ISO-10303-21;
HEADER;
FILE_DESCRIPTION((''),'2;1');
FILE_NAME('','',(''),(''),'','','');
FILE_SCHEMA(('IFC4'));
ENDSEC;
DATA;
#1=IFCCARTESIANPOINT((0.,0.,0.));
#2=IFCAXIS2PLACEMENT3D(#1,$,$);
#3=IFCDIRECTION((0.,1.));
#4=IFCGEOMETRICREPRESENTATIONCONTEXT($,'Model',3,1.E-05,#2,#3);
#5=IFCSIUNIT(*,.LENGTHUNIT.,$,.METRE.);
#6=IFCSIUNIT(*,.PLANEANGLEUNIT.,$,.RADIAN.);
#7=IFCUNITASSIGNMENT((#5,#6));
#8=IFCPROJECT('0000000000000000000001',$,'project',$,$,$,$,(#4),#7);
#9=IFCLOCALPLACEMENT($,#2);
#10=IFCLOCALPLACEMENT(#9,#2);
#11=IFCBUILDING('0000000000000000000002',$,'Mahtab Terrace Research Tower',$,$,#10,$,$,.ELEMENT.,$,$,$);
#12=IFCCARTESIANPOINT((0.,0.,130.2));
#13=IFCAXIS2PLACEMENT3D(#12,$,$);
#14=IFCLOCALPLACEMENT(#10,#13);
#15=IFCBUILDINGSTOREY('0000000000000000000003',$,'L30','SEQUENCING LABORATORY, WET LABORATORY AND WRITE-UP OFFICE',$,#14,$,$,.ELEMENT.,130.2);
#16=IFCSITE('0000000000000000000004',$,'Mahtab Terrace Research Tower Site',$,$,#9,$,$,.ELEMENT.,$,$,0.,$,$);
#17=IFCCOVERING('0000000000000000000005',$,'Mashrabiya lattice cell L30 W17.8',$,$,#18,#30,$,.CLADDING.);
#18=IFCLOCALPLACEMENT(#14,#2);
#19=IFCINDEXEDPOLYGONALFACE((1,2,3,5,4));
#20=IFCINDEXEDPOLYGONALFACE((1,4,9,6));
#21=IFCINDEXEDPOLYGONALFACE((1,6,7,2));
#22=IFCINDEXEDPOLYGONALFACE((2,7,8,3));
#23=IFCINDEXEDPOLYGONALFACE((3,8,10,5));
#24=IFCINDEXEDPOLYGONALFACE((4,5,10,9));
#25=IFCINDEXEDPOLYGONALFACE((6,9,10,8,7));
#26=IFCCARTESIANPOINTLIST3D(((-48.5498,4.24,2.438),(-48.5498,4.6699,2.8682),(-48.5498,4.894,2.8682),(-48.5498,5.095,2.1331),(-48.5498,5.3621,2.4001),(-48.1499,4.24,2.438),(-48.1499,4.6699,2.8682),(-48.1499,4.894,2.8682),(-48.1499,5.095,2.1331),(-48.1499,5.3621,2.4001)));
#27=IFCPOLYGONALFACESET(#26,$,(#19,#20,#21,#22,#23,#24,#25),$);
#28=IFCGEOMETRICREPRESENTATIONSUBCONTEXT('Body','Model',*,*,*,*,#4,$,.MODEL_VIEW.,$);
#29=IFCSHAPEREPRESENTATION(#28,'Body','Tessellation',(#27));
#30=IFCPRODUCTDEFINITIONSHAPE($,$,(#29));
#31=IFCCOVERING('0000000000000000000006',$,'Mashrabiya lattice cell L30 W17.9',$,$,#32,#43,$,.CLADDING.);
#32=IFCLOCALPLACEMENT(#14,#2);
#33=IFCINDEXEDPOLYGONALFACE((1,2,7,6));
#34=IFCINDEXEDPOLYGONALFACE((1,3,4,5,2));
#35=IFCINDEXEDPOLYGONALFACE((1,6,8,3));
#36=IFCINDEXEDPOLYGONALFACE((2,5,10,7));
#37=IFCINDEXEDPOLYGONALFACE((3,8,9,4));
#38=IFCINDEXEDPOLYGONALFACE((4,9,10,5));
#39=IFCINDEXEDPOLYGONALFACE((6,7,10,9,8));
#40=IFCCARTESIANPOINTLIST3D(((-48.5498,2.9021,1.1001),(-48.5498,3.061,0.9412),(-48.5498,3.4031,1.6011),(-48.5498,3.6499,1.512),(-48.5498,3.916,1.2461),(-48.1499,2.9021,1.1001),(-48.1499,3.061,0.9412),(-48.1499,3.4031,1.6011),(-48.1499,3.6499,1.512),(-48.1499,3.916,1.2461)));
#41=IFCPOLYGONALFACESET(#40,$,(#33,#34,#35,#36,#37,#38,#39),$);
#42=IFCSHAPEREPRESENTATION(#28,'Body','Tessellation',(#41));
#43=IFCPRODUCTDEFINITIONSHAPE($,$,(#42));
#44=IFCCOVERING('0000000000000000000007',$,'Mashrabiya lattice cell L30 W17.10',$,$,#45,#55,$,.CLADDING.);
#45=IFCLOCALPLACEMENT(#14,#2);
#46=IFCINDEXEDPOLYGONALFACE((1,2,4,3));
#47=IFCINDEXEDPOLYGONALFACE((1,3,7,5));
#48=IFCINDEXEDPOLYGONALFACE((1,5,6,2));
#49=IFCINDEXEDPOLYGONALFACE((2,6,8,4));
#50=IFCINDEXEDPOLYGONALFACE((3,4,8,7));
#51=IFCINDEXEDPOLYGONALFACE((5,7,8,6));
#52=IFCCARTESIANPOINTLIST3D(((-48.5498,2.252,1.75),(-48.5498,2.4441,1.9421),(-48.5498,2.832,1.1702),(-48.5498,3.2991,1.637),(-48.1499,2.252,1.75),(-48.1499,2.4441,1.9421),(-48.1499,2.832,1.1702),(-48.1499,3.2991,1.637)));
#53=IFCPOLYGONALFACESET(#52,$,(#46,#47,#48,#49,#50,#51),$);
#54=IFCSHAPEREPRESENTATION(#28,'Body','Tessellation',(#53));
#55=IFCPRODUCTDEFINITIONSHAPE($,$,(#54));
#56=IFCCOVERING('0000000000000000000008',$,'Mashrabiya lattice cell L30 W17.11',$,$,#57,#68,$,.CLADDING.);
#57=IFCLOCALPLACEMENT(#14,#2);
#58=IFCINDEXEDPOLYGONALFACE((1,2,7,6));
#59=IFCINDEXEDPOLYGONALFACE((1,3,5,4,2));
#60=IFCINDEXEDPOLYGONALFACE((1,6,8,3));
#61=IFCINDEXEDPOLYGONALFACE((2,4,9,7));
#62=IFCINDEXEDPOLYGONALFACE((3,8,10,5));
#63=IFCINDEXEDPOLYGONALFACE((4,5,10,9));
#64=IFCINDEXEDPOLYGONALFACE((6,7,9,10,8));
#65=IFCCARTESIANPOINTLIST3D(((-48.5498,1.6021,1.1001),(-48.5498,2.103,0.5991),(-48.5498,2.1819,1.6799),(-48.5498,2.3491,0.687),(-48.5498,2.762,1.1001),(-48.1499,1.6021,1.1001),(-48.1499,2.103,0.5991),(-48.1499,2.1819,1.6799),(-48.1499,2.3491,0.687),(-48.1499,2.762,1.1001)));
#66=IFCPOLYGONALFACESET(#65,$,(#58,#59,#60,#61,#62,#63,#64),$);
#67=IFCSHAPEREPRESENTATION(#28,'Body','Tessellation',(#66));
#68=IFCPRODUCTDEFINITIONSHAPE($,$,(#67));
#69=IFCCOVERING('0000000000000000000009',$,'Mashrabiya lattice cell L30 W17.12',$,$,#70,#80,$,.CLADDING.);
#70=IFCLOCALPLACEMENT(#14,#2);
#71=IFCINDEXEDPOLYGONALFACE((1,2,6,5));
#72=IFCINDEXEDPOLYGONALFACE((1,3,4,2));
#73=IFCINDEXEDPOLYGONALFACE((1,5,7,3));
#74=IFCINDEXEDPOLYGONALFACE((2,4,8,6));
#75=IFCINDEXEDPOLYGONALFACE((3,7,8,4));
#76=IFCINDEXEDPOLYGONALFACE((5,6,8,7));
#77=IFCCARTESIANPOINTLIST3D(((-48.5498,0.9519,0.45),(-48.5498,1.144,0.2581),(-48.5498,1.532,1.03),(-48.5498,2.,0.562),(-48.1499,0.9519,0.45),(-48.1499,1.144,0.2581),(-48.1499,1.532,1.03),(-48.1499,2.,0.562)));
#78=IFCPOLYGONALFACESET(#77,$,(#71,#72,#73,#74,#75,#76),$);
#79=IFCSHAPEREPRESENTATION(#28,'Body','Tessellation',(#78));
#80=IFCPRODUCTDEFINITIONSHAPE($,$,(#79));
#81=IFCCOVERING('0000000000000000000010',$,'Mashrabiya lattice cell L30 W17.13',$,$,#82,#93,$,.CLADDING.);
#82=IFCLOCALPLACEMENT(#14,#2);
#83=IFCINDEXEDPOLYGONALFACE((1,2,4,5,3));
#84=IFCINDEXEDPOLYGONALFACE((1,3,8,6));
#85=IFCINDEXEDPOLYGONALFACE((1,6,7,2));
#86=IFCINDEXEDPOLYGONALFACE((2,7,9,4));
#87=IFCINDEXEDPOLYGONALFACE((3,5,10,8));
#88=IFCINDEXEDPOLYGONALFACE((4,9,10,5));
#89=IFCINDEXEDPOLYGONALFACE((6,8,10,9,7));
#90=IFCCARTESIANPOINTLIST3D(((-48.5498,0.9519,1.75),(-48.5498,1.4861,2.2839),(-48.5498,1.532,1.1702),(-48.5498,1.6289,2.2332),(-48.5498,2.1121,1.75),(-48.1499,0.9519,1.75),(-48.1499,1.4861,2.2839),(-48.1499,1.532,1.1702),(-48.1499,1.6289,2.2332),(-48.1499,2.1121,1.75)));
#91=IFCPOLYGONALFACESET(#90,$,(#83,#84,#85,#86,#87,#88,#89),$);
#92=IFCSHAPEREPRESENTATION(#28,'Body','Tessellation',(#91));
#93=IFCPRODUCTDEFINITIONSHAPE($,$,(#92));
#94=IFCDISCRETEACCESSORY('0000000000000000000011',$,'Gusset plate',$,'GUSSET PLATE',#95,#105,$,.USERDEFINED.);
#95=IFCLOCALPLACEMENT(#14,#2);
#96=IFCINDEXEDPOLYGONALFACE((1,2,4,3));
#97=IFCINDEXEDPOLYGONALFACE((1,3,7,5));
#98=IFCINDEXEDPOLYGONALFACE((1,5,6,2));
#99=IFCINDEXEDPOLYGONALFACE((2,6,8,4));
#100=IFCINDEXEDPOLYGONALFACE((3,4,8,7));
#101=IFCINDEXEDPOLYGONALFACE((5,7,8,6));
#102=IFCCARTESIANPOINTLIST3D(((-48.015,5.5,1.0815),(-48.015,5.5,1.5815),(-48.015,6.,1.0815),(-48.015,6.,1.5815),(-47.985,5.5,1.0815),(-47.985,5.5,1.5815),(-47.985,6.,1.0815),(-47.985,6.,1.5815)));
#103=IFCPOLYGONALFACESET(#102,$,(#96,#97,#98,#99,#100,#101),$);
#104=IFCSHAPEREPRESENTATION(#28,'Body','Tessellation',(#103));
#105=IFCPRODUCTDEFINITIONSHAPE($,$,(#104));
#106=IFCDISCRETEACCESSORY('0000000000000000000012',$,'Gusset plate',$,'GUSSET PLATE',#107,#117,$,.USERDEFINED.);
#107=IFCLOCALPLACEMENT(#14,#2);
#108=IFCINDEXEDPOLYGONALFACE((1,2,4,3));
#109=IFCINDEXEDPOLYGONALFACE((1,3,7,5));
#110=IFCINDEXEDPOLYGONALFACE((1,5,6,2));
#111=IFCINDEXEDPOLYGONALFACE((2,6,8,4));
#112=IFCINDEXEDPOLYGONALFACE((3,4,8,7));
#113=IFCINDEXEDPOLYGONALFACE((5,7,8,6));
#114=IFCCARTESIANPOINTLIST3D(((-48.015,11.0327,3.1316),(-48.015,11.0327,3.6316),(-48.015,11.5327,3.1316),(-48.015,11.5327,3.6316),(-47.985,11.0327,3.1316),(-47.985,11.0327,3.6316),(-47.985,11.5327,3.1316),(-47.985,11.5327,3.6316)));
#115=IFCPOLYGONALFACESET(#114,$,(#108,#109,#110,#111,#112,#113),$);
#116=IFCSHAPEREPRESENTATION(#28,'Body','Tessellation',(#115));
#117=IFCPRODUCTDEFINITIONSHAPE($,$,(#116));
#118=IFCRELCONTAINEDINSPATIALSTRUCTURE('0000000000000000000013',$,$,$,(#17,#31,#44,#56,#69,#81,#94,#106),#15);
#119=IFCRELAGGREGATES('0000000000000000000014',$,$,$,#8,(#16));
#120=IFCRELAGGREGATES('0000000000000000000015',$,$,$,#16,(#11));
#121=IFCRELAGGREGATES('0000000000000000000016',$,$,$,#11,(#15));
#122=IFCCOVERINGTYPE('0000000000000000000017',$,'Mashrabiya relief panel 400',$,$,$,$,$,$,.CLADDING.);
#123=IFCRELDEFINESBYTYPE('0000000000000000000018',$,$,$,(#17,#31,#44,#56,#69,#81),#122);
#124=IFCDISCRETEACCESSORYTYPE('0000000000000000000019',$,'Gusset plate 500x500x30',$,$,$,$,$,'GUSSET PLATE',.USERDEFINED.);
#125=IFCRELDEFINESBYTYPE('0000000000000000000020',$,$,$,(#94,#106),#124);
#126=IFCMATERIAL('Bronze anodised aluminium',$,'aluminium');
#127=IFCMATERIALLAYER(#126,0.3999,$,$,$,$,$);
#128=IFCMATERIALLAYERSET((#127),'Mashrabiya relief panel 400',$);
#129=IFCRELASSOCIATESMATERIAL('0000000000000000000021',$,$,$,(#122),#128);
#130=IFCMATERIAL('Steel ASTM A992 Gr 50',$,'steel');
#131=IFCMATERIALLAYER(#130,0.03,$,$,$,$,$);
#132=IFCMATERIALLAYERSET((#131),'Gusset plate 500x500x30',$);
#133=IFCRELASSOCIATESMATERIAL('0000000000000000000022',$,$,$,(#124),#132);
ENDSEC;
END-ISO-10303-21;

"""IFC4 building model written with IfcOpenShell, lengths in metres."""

from ifc_helpers import new_model, si_unit, direction, frame, origin, origin_2d, place, context, subcontext, project, spatial, polyline, rectangle, outline, extrude, material, layer, layer_set, type_object, element, save


model = new_model("IFC4")

# Units and contexts
model_context = context("Model", 3, precision=1e-05, world=origin(), true_north=direction((0.0, 1.0)))
body_context = subcontext(model_context, "Body", "Model", "MODEL_VIEW")
ifc_project = project(units=[si_unit("LENGTHUNIT", "METRE"), si_unit("PLANEANGLEUNIT", "RADIAN")], contexts=[model_context])

# Site, building, storey
site_placement = place(None, origin())
site = spatial("IfcSite", under=ifc_project, at=site_placement, Name="Mahtab Terrace Research Tower Site", CompositionType="ELEMENT", RefElevation=0.0)
building_placement = place(site_placement, origin())
building = spatial("IfcBuilding", under=site, at=building_placement, Name="Mahtab Terrace Research Tower", CompositionType="ELEMENT")
storey_placement = place(building_placement, frame((0.0, 0.0, 130.2)))
storey = spatial("IfcBuildingStorey", under=building, at=storey_placement, Name="L30", Description="SEQUENCING LABORATORY, WET LABORATORY AND WRITE-UP OFFICE", CompositionType="ELEMENT", Elevation=130.2)

# Shared definitions
ifc_material_1 = material(Name="Steel ASTM A992 Gr 50", Category="steel")

# Coverings
ifc_material_2 = material(Name="Bronze anodised aluminium", Category="aluminium")
ifc_layer_1 = layer(ifc_material_2, 0.3999)
ifc_layer_set_1 = layer_set([ifc_layer_1], Name="Mashrabiya relief panel 400")
covering_type = type_object("IfcCoveringType", Name="Mashrabiya relief panel 400", PredefinedType="CLADDING", material=ifc_layer_set_1)
covering_1_placement = place(storey_placement, frame((-48.1499, 5.3621, 2.4001), z_axis=(1.0, 0.0, 0.0), x_axis=(0.0, -0.707107, 0.707107)))
element("IfcCovering", 1, at=covering_1_placement, inside=storey, type_object=covering_type, Name="Mashrabiya lattice cell L30 W17.8", PredefinedType="CLADDING", context=body_context, shape_type="SweptSolid", body=[
    extrude(outline(polyline([(0.0, 0.0), (0.6619, 0.0), (0.8204, 0.1585), (0.8202, 0.7667), (0.0, 0.3777), (0.0, 0.0)])), origin(), (0.0, 0.0, -1.0), 0.3999),
])
covering_2_placement = place(storey_placement, frame((-48.1499, 2.9021, 1.1001), z_axis=(1.0, 0.0, 0.0), x_axis=(0.0, 0.707107, -0.707107)))
element("IfcCovering", 2, at=covering_2_placement, inside=storey, type_object=covering_type, Name="Mashrabiya lattice cell L30 W17.9", PredefinedType="CLADDING", context=body_context, shape_type="SweptSolid", body=[
    extrude(outline(polyline([(0.0, 0.0), (0.2248, 0.0), (0.6137, 0.8202), (0.2375, 0.82), (0.0, 0.7085), (0.0, 0.0)])), origin(), (0.0, 0.0, -1.0), 0.3999),
])
covering_3_placement = place(storey_placement, frame((-48.1499, 2.252, 1.75), z_axis=(1.0, 0.0, 0.0), x_axis=(0.0, 0.707256, -0.706958)))
element("IfcCovering", 3, at=covering_3_placement, inside=storey, type_object=covering_type, Name="Mashrabiya lattice cell L30 W17.10", PredefinedType="CLADDING", context=body_context, shape_type="SweptSolid", body=[
    extrude(outline(polyline([(0.0, 0.0), (0.8202, 0.0), (0.8205, 0.6603), (0.0001, 0.2717), (0.0, 0.0)])), origin(), (0.0, 0.0, -1.0), 0.3999),
])
covering_4_placement = place(storey_placement, frame((-48.1499, 2.762, 1.1001), z_axis=(1.0, 0.0, 0.0), x_axis=(0.0, -0.707256, 0.706958)))
element("IfcCovering", 4, at=covering_4_placement, inside=storey, type_object=covering_type, Name="Mashrabiya lattice cell L30 W17.11", PredefinedType="CLADDING", context=body_context, shape_type="SweptSolid", body=[
    extrude(outline(polyline([(0.0, 0.0), (0.8202, 0.0), (0.8204, 0.82), (0.1119, 0.8202), (0.0, 0.584), (0.0, 0.0)])), origin(), (0.0, 0.0, -1.0), 0.3999),
])
covering_5_placement = place(storey_placement, frame((-48.1499, 1.532, 1.03), z_axis=(1.0, 0.0, 0.0), x_axis=(0.0, -0.707107, -0.707107)))
element("IfcCovering", 5, at=covering_5_placement, inside=storey, type_object=covering_type, Name="Mashrabiya lattice cell L30 W17.12", PredefinedType="CLADDING", context=body_context, shape_type="SweptSolid", body=[
    extrude(outline(polyline([(0.0, 0.0), (0.8204, 0.0), (0.8202, 0.2716), (0.0, 0.6619), (0.0, 0.0)])), origin(), (0.0, 0.0, -1.0), 0.3999),
])
covering_6_placement = place(storey_placement, frame((-48.1499, 0.9519, 1.75), z_axis=(1.0, 0.0, 0.0), x_axis=(0.0, 0.707256, -0.706958)))
element("IfcCovering", 6, at=covering_6_placement, inside=storey, type_object=covering_type, Name="Mashrabiya lattice cell L30 W17.13", PredefinedType="CLADDING", context=body_context, shape_type="SweptSolid", body=[
    extrude(outline(polyline([(0.0, 0.0), (0.8202, 0.0), (0.8205, 0.8202), (0.1372, 0.8203), (0.0003, 0.7553), (0.0, 0.0)])), origin(), (0.0, 0.0, -1.0), 0.3999),
])

# Discrete accessories
ifc_layer_2 = layer(ifc_material_1, 0.03)
ifc_layer_set_2 = layer_set([ifc_layer_2], Name="Gusset plate 500x500x30")
discrete_accessory_type = type_object("IfcDiscreteAccessoryType", Name="Gusset plate 500x500x30", ElementType="GUSSET PLATE", PredefinedType="USERDEFINED", material=ifc_layer_set_2)
for number, where, z_axis, x_axis, name in (
    (7, (-48.0, 5.75, 1.0815), (0.0, 0.0, 1.0), (0.0, 1.0, 0.0), "Gusset plate"),
    (8, (-48.0, 11.2827, 3.1316), (0.0, 0.0, 1.0), (0.0, 1.0, 0.0), "Gusset plate"),
):
    element("IfcDiscreteAccessory", number, at=place(storey_placement, frame(where, z_axis=z_axis, x_axis=x_axis)), inside=storey, type_object=discrete_accessory_type, Name=name, ObjectType="GUSSET PLATE", PredefinedType="USERDEFINED", context=body_context, shape_type="SweptSolid", body=[
        extrude(rectangle(XDim=0.5, YDim=0.03, at=origin_2d()), origin(), (0.0, 0.0, 1.0), 0.5),
    ])

save(model, "model.ifc")
